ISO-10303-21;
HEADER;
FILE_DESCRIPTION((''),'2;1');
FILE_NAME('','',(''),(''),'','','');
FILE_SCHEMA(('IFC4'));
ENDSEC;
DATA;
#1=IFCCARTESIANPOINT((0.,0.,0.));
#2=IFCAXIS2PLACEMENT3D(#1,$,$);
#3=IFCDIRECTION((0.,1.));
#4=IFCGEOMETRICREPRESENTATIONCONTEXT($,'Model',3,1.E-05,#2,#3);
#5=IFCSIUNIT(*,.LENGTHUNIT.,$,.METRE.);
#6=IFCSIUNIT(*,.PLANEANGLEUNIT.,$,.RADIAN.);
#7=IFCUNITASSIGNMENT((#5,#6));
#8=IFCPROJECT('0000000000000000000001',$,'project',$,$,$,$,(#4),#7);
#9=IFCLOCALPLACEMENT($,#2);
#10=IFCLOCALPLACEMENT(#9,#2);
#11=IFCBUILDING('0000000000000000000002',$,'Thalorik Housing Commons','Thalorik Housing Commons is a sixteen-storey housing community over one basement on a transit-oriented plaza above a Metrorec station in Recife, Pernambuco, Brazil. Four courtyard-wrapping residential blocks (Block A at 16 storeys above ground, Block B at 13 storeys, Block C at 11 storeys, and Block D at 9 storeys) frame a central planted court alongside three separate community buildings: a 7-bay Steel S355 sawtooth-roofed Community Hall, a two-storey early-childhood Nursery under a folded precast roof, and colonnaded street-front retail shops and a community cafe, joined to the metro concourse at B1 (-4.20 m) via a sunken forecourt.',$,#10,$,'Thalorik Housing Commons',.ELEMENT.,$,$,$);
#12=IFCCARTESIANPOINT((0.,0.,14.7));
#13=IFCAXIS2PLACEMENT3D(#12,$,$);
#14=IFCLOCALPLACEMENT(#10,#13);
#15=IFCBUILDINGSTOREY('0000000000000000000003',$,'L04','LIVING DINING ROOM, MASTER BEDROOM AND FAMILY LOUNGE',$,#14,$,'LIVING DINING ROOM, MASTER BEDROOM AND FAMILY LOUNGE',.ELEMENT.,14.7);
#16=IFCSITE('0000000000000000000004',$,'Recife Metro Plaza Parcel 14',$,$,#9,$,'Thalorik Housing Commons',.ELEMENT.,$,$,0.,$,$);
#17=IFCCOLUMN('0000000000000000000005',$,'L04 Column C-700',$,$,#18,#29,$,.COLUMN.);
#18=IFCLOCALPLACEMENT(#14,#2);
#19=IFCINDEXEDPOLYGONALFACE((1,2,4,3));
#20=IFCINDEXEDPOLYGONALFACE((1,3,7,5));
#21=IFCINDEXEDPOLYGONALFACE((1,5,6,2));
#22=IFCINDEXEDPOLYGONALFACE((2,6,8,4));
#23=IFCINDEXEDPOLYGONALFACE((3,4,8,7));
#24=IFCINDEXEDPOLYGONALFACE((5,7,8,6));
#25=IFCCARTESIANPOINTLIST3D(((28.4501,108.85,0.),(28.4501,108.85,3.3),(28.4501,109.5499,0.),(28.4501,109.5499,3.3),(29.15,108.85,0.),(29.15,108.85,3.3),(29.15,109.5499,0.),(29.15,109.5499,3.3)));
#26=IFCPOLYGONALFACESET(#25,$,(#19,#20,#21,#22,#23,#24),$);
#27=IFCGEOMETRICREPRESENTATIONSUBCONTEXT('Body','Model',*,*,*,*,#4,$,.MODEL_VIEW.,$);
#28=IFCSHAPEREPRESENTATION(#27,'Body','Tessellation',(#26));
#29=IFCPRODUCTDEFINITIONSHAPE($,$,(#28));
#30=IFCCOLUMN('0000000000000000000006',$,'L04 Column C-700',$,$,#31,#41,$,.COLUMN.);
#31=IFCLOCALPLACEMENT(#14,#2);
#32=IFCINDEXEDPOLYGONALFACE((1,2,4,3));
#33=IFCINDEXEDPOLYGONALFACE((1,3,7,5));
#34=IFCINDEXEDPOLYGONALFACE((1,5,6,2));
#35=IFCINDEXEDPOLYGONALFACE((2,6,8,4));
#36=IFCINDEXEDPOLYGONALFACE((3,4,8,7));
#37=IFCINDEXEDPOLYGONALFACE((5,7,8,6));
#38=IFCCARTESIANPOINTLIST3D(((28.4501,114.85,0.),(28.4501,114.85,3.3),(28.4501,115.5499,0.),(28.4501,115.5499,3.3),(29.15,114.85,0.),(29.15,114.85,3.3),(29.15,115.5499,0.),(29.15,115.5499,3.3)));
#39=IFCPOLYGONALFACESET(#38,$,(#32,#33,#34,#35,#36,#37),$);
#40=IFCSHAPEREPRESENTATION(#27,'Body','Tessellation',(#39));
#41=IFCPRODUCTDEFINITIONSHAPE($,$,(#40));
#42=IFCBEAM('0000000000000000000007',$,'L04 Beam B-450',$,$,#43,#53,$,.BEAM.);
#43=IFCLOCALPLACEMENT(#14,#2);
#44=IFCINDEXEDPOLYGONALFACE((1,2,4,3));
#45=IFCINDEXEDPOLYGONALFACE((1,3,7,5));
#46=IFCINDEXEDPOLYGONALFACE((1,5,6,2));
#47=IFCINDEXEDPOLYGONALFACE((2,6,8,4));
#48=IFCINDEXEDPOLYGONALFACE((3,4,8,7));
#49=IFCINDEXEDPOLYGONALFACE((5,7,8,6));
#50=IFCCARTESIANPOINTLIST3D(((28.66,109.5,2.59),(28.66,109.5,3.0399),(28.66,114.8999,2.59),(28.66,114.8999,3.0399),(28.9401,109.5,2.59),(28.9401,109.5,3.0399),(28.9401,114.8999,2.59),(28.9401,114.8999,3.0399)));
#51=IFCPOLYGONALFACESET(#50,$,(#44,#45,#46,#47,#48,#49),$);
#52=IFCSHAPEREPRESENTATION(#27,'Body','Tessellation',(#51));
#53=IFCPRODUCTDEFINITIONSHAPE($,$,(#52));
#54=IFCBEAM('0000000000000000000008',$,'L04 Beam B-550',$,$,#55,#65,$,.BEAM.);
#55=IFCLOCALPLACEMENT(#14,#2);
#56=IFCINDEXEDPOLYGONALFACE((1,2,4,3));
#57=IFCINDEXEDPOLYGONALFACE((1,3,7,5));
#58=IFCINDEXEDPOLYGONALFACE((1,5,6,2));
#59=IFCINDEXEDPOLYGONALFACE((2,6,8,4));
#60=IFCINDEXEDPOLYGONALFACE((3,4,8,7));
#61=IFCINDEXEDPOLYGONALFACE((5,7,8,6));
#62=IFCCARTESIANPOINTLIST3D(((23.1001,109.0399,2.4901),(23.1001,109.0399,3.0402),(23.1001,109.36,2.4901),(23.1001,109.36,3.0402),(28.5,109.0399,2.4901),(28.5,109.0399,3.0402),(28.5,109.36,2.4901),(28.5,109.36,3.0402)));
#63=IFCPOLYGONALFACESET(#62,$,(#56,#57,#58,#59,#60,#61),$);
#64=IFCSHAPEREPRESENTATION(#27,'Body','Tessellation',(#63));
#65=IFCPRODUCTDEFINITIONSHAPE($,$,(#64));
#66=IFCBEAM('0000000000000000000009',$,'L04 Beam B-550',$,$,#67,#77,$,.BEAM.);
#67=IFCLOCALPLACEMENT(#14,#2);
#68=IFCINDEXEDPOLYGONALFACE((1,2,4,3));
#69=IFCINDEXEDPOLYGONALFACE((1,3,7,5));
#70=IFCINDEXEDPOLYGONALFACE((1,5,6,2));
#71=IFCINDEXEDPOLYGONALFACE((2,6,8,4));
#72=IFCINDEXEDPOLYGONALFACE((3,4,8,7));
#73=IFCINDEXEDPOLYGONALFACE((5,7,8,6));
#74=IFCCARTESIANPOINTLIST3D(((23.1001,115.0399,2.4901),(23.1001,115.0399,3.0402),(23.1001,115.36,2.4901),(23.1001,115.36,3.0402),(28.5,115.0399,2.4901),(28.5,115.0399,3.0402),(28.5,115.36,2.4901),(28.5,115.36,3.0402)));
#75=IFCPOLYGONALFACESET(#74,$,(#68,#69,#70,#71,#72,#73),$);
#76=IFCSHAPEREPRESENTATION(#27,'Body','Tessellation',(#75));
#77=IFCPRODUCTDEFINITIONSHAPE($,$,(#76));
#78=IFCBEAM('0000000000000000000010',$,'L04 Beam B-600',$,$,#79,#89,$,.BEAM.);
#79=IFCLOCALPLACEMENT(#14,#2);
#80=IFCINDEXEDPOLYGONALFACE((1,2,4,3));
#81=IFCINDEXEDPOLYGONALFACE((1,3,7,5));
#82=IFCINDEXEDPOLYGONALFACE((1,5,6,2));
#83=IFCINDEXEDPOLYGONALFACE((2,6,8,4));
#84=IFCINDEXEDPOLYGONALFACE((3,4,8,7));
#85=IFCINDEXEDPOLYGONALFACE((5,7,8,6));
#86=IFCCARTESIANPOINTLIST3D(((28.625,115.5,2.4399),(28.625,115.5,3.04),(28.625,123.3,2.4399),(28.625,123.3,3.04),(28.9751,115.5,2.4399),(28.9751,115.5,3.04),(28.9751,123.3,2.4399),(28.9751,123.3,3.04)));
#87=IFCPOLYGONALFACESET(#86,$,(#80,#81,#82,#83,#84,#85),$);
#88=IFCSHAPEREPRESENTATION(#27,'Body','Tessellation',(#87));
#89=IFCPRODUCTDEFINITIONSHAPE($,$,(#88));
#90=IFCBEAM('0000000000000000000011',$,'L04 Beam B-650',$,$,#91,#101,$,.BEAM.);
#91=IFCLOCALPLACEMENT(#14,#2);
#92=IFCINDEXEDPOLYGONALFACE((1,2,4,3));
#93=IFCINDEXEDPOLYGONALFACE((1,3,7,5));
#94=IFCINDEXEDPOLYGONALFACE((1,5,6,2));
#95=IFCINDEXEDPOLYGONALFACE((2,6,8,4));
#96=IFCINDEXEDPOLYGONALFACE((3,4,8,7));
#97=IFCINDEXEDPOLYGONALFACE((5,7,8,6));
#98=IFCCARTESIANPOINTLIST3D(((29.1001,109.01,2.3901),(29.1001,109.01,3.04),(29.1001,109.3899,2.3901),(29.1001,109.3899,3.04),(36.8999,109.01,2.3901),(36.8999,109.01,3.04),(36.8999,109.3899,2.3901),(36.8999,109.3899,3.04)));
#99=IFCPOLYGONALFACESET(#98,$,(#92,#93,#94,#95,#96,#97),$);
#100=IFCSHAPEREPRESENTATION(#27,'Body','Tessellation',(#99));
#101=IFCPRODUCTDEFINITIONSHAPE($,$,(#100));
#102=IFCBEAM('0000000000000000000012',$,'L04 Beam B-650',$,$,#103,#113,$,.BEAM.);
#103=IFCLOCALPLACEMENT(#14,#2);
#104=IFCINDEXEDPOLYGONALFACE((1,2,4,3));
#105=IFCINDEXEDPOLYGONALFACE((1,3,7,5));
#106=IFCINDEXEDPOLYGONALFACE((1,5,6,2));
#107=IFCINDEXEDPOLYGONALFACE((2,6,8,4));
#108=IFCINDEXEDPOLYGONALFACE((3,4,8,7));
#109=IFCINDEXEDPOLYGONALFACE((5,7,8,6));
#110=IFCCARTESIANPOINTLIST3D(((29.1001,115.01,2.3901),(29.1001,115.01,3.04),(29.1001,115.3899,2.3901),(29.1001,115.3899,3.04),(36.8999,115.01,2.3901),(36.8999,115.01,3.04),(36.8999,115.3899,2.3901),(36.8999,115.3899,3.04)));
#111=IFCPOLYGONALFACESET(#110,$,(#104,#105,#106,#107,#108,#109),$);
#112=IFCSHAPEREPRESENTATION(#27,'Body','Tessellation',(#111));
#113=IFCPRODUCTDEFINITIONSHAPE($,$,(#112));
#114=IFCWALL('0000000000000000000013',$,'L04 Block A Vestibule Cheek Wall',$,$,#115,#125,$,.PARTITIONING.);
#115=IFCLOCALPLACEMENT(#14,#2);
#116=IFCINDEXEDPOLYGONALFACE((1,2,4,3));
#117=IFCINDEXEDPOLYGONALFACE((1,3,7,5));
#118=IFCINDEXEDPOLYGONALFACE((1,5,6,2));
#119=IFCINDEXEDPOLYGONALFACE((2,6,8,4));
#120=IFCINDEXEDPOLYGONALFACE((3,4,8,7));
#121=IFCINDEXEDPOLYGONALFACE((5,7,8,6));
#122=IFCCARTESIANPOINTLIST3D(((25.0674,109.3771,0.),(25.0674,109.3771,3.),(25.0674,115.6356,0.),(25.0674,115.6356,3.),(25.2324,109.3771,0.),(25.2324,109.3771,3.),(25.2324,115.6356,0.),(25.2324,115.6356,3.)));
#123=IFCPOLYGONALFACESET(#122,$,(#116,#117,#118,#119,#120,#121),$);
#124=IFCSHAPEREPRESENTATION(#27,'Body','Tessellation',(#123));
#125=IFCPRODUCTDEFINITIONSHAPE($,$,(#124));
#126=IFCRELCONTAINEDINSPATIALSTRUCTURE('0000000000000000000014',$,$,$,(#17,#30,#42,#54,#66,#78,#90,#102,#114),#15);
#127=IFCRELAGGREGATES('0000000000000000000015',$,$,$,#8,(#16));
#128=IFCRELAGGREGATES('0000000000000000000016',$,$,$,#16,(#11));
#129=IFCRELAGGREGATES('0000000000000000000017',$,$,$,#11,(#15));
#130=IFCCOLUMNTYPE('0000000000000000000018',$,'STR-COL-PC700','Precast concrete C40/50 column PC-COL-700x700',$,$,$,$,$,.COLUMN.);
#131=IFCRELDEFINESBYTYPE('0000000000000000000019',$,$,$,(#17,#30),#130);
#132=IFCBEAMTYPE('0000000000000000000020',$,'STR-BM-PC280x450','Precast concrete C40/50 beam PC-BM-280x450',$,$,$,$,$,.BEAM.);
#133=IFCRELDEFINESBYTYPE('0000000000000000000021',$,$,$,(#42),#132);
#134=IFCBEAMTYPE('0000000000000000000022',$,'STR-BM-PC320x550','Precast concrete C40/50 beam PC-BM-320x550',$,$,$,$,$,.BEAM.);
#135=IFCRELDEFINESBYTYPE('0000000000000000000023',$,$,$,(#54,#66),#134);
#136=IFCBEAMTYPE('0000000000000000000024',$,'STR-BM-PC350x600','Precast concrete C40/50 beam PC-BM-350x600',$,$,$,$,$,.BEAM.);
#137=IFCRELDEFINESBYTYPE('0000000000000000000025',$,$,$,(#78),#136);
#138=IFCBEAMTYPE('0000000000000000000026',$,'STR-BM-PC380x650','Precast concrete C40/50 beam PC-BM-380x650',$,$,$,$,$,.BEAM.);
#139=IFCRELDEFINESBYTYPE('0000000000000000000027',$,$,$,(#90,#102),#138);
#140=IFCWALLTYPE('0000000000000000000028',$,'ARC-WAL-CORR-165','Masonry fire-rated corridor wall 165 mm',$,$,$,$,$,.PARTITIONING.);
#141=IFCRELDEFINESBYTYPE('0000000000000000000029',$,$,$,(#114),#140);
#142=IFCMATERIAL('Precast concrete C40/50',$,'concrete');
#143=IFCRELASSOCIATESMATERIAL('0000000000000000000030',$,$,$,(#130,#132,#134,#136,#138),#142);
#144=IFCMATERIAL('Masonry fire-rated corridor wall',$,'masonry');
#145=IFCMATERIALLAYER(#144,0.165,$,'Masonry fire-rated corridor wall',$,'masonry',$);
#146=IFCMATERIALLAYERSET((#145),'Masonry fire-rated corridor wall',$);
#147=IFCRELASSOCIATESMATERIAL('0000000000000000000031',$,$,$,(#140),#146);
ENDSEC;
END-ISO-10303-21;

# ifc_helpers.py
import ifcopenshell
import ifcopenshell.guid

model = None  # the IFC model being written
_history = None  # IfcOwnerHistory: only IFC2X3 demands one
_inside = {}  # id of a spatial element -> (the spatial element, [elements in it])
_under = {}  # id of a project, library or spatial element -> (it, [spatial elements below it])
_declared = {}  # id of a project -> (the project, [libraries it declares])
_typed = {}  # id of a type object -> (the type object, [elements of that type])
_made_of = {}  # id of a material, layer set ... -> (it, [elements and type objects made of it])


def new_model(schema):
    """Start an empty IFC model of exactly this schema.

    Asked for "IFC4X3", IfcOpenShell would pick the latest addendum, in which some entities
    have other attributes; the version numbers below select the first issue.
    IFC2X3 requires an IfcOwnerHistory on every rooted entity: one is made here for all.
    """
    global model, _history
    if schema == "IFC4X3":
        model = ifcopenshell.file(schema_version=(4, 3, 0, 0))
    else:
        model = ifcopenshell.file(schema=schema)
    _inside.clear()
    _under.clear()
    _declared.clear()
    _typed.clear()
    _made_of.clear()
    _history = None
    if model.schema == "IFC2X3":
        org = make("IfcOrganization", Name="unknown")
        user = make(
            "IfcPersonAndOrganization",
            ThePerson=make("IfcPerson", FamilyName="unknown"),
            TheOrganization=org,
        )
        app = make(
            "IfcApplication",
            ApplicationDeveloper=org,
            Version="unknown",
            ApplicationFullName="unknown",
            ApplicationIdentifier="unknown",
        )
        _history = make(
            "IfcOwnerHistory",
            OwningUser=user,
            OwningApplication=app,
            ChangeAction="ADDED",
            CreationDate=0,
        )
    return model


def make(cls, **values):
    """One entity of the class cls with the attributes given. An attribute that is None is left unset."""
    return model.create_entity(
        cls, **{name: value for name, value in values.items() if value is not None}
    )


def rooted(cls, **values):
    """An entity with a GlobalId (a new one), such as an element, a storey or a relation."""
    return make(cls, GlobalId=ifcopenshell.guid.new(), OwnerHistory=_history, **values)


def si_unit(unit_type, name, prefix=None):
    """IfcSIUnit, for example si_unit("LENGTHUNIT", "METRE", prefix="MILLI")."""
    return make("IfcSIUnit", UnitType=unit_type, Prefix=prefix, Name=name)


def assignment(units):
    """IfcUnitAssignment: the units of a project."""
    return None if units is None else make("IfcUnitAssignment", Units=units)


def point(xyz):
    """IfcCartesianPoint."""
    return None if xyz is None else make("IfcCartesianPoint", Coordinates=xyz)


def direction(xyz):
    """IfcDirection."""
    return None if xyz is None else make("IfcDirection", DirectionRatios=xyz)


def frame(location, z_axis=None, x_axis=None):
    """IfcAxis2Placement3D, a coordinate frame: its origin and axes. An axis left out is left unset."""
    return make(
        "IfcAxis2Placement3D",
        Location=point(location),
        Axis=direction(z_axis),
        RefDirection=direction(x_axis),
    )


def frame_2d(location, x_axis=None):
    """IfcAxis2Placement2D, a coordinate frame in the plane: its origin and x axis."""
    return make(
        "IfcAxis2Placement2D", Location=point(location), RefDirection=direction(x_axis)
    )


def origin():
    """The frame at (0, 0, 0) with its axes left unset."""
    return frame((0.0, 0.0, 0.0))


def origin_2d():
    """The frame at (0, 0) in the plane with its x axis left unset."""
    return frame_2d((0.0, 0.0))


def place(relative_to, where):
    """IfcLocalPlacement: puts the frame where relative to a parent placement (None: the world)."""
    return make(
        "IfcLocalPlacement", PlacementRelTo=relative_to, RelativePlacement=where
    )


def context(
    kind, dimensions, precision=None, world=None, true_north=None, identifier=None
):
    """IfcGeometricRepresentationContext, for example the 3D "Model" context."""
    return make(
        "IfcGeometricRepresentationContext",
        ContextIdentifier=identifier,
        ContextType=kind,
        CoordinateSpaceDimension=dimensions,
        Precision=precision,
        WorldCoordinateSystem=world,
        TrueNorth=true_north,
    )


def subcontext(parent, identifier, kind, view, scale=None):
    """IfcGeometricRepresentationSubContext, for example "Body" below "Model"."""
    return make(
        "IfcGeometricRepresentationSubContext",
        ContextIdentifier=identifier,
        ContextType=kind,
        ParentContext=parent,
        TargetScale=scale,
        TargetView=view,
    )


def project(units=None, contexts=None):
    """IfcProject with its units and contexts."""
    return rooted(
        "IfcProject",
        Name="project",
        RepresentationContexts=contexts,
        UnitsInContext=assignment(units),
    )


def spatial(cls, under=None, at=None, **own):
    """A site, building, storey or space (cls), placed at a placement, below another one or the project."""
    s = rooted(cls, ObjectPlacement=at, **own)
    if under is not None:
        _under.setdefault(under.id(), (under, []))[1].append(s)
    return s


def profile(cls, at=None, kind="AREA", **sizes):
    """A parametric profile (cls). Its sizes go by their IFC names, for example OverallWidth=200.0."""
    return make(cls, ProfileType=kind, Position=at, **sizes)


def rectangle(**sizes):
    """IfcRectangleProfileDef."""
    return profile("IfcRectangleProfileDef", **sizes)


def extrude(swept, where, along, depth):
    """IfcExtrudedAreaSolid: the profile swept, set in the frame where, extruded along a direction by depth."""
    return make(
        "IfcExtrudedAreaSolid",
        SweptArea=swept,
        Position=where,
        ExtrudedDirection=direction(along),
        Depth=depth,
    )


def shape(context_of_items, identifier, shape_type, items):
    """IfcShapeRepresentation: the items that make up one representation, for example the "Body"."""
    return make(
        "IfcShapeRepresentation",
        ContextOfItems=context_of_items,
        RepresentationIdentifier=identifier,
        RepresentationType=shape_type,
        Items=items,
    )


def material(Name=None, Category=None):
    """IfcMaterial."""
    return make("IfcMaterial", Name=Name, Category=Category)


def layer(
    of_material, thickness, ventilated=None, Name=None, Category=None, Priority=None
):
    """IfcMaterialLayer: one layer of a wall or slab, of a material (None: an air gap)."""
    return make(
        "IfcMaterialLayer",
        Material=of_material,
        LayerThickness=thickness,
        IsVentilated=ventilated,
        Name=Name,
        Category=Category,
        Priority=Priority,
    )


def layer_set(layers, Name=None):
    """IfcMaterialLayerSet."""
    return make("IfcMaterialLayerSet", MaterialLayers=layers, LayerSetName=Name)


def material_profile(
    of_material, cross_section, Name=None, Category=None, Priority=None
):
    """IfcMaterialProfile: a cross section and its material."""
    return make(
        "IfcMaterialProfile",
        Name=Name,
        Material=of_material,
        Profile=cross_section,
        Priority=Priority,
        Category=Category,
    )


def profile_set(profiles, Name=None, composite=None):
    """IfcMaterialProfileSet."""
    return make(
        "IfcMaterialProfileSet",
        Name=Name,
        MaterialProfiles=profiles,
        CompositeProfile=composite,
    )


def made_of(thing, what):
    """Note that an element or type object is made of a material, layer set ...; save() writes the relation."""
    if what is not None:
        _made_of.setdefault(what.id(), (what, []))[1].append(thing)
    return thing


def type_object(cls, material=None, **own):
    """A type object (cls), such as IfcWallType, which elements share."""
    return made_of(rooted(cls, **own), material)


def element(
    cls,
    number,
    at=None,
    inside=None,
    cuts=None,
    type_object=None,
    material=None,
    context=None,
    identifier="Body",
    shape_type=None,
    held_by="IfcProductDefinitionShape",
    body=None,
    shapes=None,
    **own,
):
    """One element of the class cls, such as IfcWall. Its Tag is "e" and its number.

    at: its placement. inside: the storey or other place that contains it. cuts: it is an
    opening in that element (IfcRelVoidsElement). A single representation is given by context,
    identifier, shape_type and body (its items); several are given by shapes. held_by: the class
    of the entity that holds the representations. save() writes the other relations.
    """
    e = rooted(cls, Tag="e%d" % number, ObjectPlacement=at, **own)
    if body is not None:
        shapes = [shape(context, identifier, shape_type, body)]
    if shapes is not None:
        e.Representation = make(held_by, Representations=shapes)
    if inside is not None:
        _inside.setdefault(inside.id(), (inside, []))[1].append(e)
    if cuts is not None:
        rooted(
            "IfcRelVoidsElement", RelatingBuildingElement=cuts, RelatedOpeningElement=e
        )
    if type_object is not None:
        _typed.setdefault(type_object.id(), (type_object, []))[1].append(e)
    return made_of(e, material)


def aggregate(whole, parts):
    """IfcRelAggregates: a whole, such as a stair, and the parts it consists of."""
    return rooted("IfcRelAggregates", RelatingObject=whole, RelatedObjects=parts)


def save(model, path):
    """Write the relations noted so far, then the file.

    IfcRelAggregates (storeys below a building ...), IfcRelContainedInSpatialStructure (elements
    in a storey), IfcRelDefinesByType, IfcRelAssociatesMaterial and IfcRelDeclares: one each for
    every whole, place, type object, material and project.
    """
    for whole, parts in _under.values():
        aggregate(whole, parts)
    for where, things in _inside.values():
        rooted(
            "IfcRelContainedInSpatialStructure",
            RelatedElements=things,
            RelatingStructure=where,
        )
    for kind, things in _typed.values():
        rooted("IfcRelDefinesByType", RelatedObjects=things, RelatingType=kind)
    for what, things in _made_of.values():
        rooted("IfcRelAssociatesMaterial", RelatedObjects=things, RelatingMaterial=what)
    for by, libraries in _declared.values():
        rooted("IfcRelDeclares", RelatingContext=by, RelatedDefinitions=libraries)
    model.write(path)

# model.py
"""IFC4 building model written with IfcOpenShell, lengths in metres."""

from ifc_helpers import new_model, si_unit, direction, frame, frame_2d, origin, origin_2d, place, context, subcontext, project, spatial, rectangle, extrude, material, layer, layer_set, material_profile, profile_set, type_object, element, save


model = new_model("IFC4")

# Units and contexts
model_context = context("Model", 3, precision=1e-05, world=origin(), true_north=direction((0.0, 1.0)))
body_context = subcontext(model_context, "Body", "Model", "MODEL_VIEW")
ifc_project = project(units=[si_unit("LENGTHUNIT", "METRE"), si_unit("PLANEANGLEUNIT", "RADIAN")], contexts=[model_context])

# Site, building, storey
site_placement = place(None, origin())
site = spatial("IfcSite", under=ifc_project, at=site_placement, Name="Recife Metro Plaza Parcel 14", LongName="Thalorik Housing Commons", CompositionType="ELEMENT", RefElevation=0.0)
building_placement = place(site_placement, origin())
building = spatial("IfcBuilding", under=site, at=building_placement, Name="Thalorik Housing Commons", Description="Thalorik Housing Commons is a sixteen-storey housing community over one basement on a transit-oriented plaza above a Metrorec station in Recife, Pernambuco, Brazil. Four courtyard-wrapping residential blocks (Block A at 16 storeys above ground, Block B at 13 storeys, Block C at 11 storeys, and Block D at 9 storeys) frame a central planted court alongside three separate community buildings: a 7-bay Steel S355 sawtooth-roofed Community Hall, a two-storey early-childhood Nursery under a folded precast roof, and colonnaded street-front retail shops and a community cafe, joined to the metro concourse at B1 (-4.20 m) via a sunken forecourt.", LongName="Thalorik Housing Commons", CompositionType="ELEMENT")
storey_placement = place(building_placement, frame((0.0, 0.0, 14.7)))
storey = spatial("IfcBuildingStorey", under=building, at=storey_placement, Name="L04", Description="LIVING DINING ROOM, MASTER BEDROOM AND FAMILY LOUNGE", LongName="LIVING DINING ROOM, MASTER BEDROOM AND FAMILY LOUNGE", CompositionType="ELEMENT", Elevation=14.7)

# Columns
ifc_material_1 = material(Name="Precast concrete C40/50", Category="concrete")
ifc_material_profile_1 = material_profile(ifc_material_1, rectangle(XDim=0.7, YDim=0.7, at=origin_2d()), Name="PC 700x700", Category="concrete")
ifc_profile_set_1 = profile_set([ifc_material_profile_1], Name="Precast concrete C40/50")
column_type = type_object("IfcColumnType", Name="STR-COL-PC700", Description="Precast concrete C40/50 column PC-COL-700x700", PredefinedType="COLUMN", material=ifc_profile_set_1)
for number, where, z_axis, x_axis, name in (
    (1, (28.8, 109.2, 0.0), (0.0, 0.0, 1.0), (1.0, 0.0, 0.0), "L04 Column C-700"),
    (2, (28.8, 115.2, 0.0), (0.0, 0.0, 1.0), (1.0, 0.0, 0.0), "L04 Column C-700"),
):
    element("IfcColumn", number, at=place(storey_placement, frame(where, z_axis=z_axis, x_axis=x_axis)), inside=storey, type_object=column_type, Name=name, PredefinedType="COLUMN", context=body_context, shape_type="SweptSolid", body=[
        extrude(rectangle(XDim=0.7, YDim=0.7, at=origin_2d()), origin(), (0.0, 0.0, 1.0), 3.3),
    ])

# Beams
ifc_material_profile_2 = material_profile(ifc_material_1, rectangle(XDim=0.28, YDim=0.45, at=origin_2d()), Name="PC 280x450", Category="concrete")
ifc_profile_set_2 = profile_set([ifc_material_profile_2], Name="Precast concrete C40/50")
beam_type_1 = type_object("IfcBeamType", Name="STR-BM-PC280x450", Description="Precast concrete C40/50 beam PC-BM-280x450", PredefinedType="BEAM", material=ifc_profile_set_2)
beam_1_placement = place(storey_placement, frame((28.8, 109.5, 2.8149), z_axis=(0.0, 1.0, 0.0), x_axis=(-1.0, 0.0, 0.0)))
element("IfcBeam", 3, at=beam_1_placement, inside=storey, type_object=beam_type_1, Name="L04 Beam B-450", PredefinedType="BEAM", context=body_context, shape_type="SweptSolid", body=[
    extrude(rectangle(XDim=0.28, YDim=0.45, at=origin_2d()), origin(), (0.0, 0.0, 1.0), 5.3999),
])
ifc_material_profile_3 = material_profile(ifc_material_1, rectangle(XDim=0.3201, YDim=0.55, at=origin_2d()), Name="PC 320x550", Category="concrete")
ifc_profile_set_3 = profile_set([ifc_material_profile_3], Name="Precast concrete C40/50")
beam_type_2 = type_object("IfcBeamType", Name="STR-BM-PC320x550", Description="Precast concrete C40/50 beam PC-BM-320x550", PredefinedType="BEAM", material=ifc_profile_set_3)
for number, where, z_axis, x_axis, name in (
    (4, (23.1001, 109.2, 2.7651), (1.0, 0.0, 0.0), (0.0, 1.0, 0.0), "L04 Beam B-550"),
    (5, (23.1001, 115.2, 2.7651), (1.0, 0.0, 0.0), (0.0, 1.0, 0.0), "L04 Beam B-550"),
):
    element("IfcBeam", number, at=place(storey_placement, frame(where, z_axis=z_axis, x_axis=x_axis)), inside=storey, type_object=beam_type_2, Name=name, PredefinedType="BEAM", context=body_context, shape_type="SweptSolid", body=[
        extrude(rectangle(XDim=0.3201, YDim=0.55, at=origin_2d()), origin(), (0.0, 0.0, 1.0), 5.3999),
    ])
ifc_material_profile_4 = material_profile(ifc_material_1, rectangle(XDim=0.3501, YDim=0.6001, at=origin_2d()), Name="PC 350x600", Category="concrete")
ifc_profile_set_4 = profile_set([ifc_material_profile_4], Name="Precast concrete C40/50")
beam_type_3 = type_object("IfcBeamType", Name="STR-BM-PC350x600", Description="Precast concrete C40/50 beam PC-BM-350x600", PredefinedType="BEAM", material=ifc_profile_set_4)
beam_2_placement = place(storey_placement, frame((28.8, 115.5, 2.74), z_axis=(0.0, 1.0, 0.0), x_axis=(-1.0, 0.0, 0.0)))
element("IfcBeam", 6, at=beam_2_placement, inside=storey, type_object=beam_type_3, Name="L04 Beam B-600", PredefinedType="BEAM", context=body_context, shape_type="SweptSolid", body=[
    extrude(rectangle(XDim=0.3501, YDim=0.6001, at=origin_2d()), origin(), (0.0, 0.0, 1.0), 7.8),
])
ifc_material_profile_5 = material_profile(ifc_material_1, rectangle(XDim=0.3799, YDim=0.6499, at=origin_2d()), Name="PC 380x650", Category="concrete")
ifc_profile_set_5 = profile_set([ifc_material_profile_5], Name="Precast concrete C40/50")
beam_type_4 = type_object("IfcBeamType", Name="STR-BM-PC380x650", Description="Precast concrete C40/50 beam PC-BM-380x650", PredefinedType="BEAM", material=ifc_profile_set_5)
for number, where, z_axis, x_axis, name in (
    (7, (29.1001, 109.2, 2.7151), (1.0, 0.0, 0.0), (0.0, 1.0, 0.0), "L04 Beam B-650"),
    (8, (29.1001, 115.2, 2.7151), (1.0, 0.0, 0.0), (0.0, 1.0, 0.0), "L04 Beam B-650"),
):
    element("IfcBeam", number, at=place(storey_placement, frame(where, z_axis=z_axis, x_axis=x_axis)), inside=storey, type_object=beam_type_4, Name=name, PredefinedType="BEAM", context=body_context, shape_type="SweptSolid", body=[
        extrude(rectangle(XDim=0.3799, YDim=0.6499, at=origin_2d()), origin(), (0.0, 0.0, 1.0), 7.7998),
    ])

# Wall
ifc_material_2 = material(Name="Masonry fire-rated corridor wall", Category="masonry")
ifc_layer_1 = layer(ifc_material_2, 0.165, Name="Masonry fire-rated corridor wall", Category="masonry")
ifc_layer_set_1 = layer_set([ifc_layer_1], Name="Masonry fire-rated corridor wall")
wall_type_1 = type_object("IfcWallType", Name="ARC-WAL-CORR-165", Description="Masonry fire-rated corridor wall 165 mm", PredefinedType="PARTITIONING", material=ifc_layer_set_1)
wall_1_placement = place(storey_placement, frame((25.1499, 109.377, 0.0), z_axis=(0.0, 0.0, 1.0), x_axis=(0.0, 1.0, 0.0)))
element("IfcWall", 9, at=wall_1_placement, inside=storey, type_object=wall_type_1, Name="L04 Block A Vestibule Cheek Wall", PredefinedType="PARTITIONING", context=body_context, shape_type="SweptSolid", body=[
    extrude(rectangle(XDim=6.2585, YDim=0.165, at=frame_2d((3.1294, 0.0))), origin(), (0.0, 0.0, 1.0), 3.0),
])

save(model, "model.ifc")
